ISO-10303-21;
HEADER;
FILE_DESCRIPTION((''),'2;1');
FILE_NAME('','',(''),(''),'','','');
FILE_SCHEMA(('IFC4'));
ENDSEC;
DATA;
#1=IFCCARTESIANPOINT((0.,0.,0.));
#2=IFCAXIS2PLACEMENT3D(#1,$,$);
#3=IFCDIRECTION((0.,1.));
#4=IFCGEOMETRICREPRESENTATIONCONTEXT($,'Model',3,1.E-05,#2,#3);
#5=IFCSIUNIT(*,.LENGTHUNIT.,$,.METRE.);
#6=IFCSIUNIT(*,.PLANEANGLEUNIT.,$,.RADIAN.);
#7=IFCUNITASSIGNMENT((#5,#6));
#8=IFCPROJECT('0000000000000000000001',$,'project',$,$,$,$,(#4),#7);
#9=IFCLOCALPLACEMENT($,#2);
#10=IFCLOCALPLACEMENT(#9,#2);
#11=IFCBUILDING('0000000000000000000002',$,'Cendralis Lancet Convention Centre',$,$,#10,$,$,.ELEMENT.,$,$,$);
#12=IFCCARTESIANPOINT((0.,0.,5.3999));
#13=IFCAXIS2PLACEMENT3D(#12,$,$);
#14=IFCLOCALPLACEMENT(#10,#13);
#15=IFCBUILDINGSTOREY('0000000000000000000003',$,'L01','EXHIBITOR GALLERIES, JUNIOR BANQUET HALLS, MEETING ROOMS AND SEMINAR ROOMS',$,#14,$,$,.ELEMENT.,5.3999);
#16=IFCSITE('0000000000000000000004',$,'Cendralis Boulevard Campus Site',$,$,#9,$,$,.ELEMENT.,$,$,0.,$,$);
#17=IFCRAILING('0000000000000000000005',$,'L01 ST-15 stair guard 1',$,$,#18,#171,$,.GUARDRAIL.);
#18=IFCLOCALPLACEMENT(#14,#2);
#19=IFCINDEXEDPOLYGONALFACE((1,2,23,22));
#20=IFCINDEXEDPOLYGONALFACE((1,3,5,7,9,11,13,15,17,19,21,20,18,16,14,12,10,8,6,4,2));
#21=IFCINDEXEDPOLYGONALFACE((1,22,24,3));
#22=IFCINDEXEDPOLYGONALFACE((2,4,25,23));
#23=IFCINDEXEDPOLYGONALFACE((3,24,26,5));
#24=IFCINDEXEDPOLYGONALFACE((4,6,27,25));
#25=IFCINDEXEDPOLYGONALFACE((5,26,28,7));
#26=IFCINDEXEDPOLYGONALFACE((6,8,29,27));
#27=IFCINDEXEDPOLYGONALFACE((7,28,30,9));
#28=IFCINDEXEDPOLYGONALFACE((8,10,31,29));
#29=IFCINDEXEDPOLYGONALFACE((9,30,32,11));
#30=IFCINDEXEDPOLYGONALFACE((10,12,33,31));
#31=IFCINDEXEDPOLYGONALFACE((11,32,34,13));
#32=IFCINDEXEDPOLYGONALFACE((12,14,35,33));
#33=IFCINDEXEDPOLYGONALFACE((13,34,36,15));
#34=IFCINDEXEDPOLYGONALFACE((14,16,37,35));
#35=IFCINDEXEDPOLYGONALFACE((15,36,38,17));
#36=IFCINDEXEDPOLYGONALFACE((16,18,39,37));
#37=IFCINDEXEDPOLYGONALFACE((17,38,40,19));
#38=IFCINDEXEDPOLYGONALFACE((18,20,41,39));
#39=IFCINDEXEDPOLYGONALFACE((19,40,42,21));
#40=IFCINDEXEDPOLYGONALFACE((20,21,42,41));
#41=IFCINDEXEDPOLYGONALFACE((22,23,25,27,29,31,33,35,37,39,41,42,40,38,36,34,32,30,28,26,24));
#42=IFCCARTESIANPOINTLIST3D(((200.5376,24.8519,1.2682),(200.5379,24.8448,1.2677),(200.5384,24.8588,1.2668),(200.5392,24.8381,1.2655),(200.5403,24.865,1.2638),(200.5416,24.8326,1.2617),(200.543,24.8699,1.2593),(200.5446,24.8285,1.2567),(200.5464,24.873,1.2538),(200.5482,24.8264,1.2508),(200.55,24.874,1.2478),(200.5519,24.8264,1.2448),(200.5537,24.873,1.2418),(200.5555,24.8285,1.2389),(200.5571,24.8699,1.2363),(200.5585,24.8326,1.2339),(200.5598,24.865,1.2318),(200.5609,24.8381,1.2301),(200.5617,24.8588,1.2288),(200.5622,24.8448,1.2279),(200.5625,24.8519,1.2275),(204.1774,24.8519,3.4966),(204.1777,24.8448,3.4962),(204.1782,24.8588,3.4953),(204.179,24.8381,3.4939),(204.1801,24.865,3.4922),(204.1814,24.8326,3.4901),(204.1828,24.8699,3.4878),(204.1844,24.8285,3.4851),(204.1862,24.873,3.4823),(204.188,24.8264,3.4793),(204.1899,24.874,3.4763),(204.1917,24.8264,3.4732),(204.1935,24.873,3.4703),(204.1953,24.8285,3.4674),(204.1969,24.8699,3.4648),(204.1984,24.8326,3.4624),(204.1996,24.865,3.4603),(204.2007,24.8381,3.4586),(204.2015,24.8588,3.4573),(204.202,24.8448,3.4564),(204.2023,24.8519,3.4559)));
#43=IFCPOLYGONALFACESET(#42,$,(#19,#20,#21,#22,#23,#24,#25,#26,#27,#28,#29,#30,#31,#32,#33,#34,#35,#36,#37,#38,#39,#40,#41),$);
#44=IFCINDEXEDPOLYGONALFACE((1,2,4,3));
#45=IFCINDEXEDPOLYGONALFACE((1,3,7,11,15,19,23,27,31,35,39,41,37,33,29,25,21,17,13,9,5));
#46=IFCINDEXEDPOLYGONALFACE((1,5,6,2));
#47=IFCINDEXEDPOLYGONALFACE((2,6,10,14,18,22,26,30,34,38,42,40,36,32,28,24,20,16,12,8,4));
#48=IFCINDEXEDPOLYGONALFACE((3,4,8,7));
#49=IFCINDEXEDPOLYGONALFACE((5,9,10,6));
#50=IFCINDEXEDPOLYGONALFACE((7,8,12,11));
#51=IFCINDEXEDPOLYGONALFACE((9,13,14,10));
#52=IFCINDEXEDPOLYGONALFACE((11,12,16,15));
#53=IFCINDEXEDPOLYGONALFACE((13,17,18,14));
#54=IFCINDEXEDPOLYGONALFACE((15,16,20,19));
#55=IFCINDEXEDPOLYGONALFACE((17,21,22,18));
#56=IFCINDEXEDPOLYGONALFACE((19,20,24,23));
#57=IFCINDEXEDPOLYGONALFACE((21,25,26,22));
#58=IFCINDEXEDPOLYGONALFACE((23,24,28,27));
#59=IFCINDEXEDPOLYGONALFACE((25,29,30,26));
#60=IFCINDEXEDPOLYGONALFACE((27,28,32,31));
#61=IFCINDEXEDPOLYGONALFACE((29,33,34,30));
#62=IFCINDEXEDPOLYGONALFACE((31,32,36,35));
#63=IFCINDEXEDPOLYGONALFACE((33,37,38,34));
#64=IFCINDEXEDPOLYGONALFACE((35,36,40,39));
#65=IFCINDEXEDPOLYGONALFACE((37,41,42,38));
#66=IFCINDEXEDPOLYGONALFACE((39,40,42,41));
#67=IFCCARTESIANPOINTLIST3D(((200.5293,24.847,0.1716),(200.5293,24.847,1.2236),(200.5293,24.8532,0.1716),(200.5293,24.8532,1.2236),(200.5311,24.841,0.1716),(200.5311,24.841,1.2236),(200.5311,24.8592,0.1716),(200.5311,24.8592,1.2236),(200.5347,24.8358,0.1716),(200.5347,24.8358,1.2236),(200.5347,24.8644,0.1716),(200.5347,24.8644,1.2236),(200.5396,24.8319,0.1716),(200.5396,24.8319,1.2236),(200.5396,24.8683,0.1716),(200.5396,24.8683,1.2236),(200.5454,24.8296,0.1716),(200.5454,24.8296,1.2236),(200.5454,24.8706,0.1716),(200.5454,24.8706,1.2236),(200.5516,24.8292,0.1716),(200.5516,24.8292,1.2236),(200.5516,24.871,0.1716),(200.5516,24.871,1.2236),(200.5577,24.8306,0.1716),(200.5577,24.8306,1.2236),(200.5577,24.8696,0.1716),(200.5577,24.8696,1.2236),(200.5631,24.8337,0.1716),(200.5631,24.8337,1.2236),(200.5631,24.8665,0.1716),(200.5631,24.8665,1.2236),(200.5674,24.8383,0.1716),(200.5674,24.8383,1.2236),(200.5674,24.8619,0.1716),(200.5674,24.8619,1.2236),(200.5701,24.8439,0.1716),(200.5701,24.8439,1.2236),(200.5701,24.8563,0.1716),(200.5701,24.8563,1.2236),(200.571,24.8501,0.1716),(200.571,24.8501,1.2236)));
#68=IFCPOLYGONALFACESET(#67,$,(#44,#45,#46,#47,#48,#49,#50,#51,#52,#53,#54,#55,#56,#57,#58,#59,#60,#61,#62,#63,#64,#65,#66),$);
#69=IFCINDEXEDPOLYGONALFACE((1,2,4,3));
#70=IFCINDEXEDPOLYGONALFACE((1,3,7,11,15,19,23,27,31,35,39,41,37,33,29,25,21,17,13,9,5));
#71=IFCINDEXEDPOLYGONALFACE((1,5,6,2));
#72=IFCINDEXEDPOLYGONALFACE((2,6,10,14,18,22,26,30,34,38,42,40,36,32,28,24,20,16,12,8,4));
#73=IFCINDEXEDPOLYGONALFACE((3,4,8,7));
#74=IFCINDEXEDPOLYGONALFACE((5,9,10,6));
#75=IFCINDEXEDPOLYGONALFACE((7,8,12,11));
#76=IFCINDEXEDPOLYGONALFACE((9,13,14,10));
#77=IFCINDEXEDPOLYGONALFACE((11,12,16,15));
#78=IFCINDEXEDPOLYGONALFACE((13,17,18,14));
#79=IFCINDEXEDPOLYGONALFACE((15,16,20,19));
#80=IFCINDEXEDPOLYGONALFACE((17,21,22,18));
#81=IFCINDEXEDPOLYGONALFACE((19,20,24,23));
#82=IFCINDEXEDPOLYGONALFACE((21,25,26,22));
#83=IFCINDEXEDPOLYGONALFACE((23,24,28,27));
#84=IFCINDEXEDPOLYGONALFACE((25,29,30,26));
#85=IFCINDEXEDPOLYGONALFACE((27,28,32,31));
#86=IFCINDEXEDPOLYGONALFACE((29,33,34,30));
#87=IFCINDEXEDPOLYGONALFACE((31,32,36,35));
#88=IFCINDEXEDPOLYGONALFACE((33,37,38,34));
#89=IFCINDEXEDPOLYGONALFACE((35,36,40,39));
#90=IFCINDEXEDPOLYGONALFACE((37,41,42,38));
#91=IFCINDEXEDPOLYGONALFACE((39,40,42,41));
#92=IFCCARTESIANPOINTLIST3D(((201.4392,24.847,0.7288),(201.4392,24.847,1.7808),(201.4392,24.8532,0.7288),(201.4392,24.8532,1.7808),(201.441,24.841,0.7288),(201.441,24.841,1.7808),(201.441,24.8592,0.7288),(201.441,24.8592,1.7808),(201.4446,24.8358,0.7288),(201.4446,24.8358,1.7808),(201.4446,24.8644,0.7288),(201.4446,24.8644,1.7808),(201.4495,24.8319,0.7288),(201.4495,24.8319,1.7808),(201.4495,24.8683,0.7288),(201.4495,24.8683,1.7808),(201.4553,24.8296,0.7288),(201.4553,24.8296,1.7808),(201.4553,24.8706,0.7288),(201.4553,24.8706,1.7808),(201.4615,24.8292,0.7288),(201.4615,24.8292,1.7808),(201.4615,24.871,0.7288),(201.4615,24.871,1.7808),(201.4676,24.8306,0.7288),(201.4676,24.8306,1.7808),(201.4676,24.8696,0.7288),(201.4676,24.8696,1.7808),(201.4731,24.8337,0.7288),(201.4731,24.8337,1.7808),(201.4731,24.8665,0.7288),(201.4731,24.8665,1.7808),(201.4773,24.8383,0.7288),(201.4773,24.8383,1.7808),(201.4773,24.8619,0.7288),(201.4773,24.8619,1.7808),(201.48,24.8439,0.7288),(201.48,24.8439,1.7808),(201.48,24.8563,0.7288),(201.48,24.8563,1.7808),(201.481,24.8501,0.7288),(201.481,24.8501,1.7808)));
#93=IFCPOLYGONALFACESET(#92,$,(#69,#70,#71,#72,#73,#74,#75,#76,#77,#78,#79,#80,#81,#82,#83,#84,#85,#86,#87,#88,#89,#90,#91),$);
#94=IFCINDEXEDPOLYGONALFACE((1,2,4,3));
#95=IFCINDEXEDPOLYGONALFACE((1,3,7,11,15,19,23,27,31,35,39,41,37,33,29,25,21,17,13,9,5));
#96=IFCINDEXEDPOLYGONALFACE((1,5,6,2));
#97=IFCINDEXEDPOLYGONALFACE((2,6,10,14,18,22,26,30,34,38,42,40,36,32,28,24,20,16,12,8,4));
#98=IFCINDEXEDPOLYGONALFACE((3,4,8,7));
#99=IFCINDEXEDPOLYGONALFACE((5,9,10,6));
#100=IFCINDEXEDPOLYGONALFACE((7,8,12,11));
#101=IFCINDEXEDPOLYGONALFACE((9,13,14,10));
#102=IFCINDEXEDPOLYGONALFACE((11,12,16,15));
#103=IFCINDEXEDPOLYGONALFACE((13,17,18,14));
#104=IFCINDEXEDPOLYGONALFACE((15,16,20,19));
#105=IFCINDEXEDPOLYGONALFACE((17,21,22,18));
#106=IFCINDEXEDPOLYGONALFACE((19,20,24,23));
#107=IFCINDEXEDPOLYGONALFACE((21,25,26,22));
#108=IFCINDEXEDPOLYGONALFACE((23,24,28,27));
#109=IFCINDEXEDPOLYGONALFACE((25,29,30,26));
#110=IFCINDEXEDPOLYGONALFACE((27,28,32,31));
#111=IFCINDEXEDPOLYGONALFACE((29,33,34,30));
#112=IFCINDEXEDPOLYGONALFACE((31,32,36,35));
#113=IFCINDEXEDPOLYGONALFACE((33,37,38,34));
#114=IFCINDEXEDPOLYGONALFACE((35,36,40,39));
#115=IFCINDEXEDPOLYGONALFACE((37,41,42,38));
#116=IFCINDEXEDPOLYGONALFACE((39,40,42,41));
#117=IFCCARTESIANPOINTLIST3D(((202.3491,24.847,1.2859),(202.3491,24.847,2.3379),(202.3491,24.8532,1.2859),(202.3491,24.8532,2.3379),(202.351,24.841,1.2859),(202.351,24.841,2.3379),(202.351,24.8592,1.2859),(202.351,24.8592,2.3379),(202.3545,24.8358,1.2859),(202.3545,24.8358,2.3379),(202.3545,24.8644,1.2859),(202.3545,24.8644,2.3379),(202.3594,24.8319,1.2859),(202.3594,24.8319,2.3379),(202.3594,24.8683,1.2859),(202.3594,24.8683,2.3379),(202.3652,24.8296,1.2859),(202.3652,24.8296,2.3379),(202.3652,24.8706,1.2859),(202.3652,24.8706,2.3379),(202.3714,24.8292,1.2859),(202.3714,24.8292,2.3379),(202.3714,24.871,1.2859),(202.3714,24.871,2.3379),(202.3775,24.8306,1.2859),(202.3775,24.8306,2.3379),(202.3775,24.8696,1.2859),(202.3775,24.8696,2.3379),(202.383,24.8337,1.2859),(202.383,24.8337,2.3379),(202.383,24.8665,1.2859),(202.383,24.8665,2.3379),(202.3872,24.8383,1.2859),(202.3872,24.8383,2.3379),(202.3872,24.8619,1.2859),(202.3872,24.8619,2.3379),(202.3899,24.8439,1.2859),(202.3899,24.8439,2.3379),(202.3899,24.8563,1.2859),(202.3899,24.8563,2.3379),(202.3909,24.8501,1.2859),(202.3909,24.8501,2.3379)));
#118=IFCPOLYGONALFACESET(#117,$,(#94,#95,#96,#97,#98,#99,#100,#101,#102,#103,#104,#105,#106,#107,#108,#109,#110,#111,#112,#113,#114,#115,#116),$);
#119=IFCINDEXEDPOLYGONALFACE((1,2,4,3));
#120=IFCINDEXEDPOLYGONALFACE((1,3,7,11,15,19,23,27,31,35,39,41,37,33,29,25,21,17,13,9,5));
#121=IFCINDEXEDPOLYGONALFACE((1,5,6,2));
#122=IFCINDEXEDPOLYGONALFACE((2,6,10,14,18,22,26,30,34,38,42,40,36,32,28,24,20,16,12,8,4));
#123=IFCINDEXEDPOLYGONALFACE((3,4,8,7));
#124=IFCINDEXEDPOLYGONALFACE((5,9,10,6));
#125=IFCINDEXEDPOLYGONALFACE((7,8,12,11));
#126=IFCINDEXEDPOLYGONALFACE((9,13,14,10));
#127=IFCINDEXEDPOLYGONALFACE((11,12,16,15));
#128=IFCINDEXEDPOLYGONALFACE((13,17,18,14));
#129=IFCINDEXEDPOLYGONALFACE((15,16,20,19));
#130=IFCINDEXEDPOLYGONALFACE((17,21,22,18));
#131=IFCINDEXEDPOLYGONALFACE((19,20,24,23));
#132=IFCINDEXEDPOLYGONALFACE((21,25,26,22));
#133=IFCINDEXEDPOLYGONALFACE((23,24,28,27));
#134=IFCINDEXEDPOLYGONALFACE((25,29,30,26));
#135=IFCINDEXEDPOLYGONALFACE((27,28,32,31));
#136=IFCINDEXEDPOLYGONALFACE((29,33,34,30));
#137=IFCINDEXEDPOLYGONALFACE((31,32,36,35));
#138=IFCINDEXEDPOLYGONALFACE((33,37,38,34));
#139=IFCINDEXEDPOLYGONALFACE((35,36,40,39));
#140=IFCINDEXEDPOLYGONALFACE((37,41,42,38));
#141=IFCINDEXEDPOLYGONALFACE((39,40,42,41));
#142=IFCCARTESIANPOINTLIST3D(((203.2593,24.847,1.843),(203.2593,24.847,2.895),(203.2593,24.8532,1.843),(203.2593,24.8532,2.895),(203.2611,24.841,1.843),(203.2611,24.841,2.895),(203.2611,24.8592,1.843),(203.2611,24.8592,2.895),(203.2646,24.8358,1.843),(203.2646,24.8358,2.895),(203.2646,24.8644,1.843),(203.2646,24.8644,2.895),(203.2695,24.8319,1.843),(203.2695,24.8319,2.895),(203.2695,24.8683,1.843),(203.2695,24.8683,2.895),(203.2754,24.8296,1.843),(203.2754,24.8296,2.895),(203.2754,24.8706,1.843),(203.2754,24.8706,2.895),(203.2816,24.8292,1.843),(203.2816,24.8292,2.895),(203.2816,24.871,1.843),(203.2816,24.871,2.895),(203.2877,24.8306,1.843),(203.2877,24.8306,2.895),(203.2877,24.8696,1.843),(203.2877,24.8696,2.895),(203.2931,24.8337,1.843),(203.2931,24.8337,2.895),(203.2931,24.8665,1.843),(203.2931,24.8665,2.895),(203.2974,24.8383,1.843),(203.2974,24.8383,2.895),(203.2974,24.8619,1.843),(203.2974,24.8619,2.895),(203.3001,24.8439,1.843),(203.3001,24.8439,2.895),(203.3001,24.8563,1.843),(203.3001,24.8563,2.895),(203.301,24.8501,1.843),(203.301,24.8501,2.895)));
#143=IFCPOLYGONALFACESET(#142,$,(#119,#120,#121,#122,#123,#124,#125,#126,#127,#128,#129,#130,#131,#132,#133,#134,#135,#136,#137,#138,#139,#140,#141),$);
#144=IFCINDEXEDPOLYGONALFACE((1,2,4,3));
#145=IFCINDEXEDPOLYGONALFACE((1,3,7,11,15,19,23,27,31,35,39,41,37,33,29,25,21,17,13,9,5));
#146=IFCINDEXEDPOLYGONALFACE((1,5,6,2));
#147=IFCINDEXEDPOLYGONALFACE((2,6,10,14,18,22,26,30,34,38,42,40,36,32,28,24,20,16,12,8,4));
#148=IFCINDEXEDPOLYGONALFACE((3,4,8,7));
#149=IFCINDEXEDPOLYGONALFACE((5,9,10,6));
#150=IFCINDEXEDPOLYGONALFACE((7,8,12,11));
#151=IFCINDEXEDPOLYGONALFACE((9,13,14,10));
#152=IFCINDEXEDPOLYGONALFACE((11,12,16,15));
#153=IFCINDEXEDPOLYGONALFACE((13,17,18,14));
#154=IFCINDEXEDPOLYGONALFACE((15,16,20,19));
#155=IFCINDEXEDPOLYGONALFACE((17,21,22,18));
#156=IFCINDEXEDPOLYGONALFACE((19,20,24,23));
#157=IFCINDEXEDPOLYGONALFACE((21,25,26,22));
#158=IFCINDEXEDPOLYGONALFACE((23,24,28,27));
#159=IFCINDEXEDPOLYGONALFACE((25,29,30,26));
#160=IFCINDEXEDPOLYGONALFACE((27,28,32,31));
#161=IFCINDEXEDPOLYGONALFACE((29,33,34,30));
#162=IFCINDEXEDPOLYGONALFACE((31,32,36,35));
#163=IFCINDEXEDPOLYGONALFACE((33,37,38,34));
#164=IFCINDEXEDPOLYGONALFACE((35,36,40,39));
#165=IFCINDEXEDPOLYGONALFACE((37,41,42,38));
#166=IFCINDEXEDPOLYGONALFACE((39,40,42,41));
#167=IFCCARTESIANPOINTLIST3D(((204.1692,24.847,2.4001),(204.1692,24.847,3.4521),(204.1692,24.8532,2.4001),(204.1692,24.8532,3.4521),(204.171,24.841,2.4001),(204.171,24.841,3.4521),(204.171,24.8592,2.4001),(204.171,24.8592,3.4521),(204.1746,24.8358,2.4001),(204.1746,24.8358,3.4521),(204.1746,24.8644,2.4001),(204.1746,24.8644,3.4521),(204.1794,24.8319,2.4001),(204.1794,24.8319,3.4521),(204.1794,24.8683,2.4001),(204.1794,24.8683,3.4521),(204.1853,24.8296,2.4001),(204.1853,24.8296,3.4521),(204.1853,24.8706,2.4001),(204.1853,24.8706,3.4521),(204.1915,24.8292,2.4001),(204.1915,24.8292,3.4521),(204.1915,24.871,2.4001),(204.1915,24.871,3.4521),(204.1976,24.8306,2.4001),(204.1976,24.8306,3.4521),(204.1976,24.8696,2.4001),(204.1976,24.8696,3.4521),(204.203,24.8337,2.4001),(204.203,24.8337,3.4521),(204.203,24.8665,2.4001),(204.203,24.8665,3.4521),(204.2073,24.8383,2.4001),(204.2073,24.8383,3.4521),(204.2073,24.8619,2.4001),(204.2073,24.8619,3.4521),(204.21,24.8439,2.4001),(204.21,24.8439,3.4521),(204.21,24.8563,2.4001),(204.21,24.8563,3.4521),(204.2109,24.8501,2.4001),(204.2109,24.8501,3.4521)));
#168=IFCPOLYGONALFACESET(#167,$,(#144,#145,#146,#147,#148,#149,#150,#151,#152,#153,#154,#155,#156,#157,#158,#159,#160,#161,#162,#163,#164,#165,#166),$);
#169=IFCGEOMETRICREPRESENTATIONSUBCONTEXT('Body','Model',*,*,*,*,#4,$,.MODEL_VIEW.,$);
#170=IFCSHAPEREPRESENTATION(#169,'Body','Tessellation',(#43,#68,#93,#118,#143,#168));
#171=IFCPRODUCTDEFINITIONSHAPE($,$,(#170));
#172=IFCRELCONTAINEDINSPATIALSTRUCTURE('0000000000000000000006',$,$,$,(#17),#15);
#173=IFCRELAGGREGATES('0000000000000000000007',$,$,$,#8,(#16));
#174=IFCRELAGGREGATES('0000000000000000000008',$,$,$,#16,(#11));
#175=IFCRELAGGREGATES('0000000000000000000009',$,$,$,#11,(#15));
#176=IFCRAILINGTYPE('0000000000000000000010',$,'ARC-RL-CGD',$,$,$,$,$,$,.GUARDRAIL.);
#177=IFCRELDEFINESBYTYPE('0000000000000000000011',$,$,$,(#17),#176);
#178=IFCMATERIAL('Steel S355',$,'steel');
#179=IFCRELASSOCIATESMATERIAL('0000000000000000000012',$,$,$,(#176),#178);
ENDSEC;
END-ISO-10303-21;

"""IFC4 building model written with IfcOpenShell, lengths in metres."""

from ifc_helpers import new_model, si_unit, direction, frame, origin, origin_2d, place, context, subcontext, project, spatial, circle, extrude, material, type_object, element, save


model = new_model("IFC4")

# Units and contexts
model_context = context("Model", 3, precision=1e-05, world=origin(), true_north=direction((0.0, 1.0)))
body_context = subcontext(model_context, "Body", "Model", "MODEL_VIEW")
ifc_project = project(units=[si_unit("LENGTHUNIT", "METRE"), si_unit("PLANEANGLEUNIT", "RADIAN")], contexts=[model_context])

# Site, building, storey
site_placement = place(None, origin())
site = spatial("IfcSite", under=ifc_project, at=site_placement, Name="Cendralis Boulevard Campus Site", CompositionType="ELEMENT", RefElevation=0.0)
building_placement = place(site_placement, origin())
building = spatial("IfcBuilding", under=site, at=building_placement, Name="Cendralis Lancet Convention Centre", CompositionType="ELEMENT")
storey_placement = place(building_placement, frame((0.0, 0.0, 5.3999)))
storey = spatial("IfcBuildingStorey", under=building, at=storey_placement, Name="L01", Description="EXHIBITOR GALLERIES, JUNIOR BANQUET HALLS, MEETING ROOMS AND SEMINAR ROOMS", CompositionType="ELEMENT", Elevation=5.3999)

# Shared definitions
ifc_material_1 = material(Name="Steel S355", Category="steel")

# Railing
railing_type_1 = type_object("IfcRailingType", Name="ARC-RL-CGD", PredefinedType="GUARDRAIL", material=ifc_material_1)
railing_1_placement = place(storey_placement, frame((200.55, 24.8501, 0.1716)))
element("IfcRailing", 1, at=railing_1_placement, inside=storey, type_object=railing_type_1, Name="L01 ST-15 stair guard 1", PredefinedType="GUARDRAIL", context=body_context, shape_type="SweptSolid", body=[
    extrude(circle(Radius=0.0239, at=origin_2d()), frame((0.0, 0.0, 1.0762), z_axis=(0.85285, 0.0, 0.522156), x_axis=(0.0, 1.0, 0.0)), (0.0, 0.0, 1.0), 4.2678),
    extrude(circle(Radius=0.021, at=origin_2d()), origin(), (0.0, 0.0, 1.0), 1.052),
    extrude(circle(Radius=0.021, at=origin_2d()), frame((0.9099, 0.0, 0.5571)), (0.0, 0.0, 1.0), 1.052),
    extrude(circle(Radius=0.021, at=origin_2d()), frame((1.8198, 0.0, 1.1143)), (0.0, 0.0, 1.0), 1.052),
    extrude(circle(Radius=0.021, at=origin_2d()), frame((2.73, 0.0, 1.6714)), (0.0, 0.0, 1.0), 1.052),
    extrude(circle(Radius=0.021, at=origin_2d()), frame((3.6399, 0.0, 2.2285)), (0.0, 0.0, 1.0), 1.052),
])

save(model, "model.ifc")
